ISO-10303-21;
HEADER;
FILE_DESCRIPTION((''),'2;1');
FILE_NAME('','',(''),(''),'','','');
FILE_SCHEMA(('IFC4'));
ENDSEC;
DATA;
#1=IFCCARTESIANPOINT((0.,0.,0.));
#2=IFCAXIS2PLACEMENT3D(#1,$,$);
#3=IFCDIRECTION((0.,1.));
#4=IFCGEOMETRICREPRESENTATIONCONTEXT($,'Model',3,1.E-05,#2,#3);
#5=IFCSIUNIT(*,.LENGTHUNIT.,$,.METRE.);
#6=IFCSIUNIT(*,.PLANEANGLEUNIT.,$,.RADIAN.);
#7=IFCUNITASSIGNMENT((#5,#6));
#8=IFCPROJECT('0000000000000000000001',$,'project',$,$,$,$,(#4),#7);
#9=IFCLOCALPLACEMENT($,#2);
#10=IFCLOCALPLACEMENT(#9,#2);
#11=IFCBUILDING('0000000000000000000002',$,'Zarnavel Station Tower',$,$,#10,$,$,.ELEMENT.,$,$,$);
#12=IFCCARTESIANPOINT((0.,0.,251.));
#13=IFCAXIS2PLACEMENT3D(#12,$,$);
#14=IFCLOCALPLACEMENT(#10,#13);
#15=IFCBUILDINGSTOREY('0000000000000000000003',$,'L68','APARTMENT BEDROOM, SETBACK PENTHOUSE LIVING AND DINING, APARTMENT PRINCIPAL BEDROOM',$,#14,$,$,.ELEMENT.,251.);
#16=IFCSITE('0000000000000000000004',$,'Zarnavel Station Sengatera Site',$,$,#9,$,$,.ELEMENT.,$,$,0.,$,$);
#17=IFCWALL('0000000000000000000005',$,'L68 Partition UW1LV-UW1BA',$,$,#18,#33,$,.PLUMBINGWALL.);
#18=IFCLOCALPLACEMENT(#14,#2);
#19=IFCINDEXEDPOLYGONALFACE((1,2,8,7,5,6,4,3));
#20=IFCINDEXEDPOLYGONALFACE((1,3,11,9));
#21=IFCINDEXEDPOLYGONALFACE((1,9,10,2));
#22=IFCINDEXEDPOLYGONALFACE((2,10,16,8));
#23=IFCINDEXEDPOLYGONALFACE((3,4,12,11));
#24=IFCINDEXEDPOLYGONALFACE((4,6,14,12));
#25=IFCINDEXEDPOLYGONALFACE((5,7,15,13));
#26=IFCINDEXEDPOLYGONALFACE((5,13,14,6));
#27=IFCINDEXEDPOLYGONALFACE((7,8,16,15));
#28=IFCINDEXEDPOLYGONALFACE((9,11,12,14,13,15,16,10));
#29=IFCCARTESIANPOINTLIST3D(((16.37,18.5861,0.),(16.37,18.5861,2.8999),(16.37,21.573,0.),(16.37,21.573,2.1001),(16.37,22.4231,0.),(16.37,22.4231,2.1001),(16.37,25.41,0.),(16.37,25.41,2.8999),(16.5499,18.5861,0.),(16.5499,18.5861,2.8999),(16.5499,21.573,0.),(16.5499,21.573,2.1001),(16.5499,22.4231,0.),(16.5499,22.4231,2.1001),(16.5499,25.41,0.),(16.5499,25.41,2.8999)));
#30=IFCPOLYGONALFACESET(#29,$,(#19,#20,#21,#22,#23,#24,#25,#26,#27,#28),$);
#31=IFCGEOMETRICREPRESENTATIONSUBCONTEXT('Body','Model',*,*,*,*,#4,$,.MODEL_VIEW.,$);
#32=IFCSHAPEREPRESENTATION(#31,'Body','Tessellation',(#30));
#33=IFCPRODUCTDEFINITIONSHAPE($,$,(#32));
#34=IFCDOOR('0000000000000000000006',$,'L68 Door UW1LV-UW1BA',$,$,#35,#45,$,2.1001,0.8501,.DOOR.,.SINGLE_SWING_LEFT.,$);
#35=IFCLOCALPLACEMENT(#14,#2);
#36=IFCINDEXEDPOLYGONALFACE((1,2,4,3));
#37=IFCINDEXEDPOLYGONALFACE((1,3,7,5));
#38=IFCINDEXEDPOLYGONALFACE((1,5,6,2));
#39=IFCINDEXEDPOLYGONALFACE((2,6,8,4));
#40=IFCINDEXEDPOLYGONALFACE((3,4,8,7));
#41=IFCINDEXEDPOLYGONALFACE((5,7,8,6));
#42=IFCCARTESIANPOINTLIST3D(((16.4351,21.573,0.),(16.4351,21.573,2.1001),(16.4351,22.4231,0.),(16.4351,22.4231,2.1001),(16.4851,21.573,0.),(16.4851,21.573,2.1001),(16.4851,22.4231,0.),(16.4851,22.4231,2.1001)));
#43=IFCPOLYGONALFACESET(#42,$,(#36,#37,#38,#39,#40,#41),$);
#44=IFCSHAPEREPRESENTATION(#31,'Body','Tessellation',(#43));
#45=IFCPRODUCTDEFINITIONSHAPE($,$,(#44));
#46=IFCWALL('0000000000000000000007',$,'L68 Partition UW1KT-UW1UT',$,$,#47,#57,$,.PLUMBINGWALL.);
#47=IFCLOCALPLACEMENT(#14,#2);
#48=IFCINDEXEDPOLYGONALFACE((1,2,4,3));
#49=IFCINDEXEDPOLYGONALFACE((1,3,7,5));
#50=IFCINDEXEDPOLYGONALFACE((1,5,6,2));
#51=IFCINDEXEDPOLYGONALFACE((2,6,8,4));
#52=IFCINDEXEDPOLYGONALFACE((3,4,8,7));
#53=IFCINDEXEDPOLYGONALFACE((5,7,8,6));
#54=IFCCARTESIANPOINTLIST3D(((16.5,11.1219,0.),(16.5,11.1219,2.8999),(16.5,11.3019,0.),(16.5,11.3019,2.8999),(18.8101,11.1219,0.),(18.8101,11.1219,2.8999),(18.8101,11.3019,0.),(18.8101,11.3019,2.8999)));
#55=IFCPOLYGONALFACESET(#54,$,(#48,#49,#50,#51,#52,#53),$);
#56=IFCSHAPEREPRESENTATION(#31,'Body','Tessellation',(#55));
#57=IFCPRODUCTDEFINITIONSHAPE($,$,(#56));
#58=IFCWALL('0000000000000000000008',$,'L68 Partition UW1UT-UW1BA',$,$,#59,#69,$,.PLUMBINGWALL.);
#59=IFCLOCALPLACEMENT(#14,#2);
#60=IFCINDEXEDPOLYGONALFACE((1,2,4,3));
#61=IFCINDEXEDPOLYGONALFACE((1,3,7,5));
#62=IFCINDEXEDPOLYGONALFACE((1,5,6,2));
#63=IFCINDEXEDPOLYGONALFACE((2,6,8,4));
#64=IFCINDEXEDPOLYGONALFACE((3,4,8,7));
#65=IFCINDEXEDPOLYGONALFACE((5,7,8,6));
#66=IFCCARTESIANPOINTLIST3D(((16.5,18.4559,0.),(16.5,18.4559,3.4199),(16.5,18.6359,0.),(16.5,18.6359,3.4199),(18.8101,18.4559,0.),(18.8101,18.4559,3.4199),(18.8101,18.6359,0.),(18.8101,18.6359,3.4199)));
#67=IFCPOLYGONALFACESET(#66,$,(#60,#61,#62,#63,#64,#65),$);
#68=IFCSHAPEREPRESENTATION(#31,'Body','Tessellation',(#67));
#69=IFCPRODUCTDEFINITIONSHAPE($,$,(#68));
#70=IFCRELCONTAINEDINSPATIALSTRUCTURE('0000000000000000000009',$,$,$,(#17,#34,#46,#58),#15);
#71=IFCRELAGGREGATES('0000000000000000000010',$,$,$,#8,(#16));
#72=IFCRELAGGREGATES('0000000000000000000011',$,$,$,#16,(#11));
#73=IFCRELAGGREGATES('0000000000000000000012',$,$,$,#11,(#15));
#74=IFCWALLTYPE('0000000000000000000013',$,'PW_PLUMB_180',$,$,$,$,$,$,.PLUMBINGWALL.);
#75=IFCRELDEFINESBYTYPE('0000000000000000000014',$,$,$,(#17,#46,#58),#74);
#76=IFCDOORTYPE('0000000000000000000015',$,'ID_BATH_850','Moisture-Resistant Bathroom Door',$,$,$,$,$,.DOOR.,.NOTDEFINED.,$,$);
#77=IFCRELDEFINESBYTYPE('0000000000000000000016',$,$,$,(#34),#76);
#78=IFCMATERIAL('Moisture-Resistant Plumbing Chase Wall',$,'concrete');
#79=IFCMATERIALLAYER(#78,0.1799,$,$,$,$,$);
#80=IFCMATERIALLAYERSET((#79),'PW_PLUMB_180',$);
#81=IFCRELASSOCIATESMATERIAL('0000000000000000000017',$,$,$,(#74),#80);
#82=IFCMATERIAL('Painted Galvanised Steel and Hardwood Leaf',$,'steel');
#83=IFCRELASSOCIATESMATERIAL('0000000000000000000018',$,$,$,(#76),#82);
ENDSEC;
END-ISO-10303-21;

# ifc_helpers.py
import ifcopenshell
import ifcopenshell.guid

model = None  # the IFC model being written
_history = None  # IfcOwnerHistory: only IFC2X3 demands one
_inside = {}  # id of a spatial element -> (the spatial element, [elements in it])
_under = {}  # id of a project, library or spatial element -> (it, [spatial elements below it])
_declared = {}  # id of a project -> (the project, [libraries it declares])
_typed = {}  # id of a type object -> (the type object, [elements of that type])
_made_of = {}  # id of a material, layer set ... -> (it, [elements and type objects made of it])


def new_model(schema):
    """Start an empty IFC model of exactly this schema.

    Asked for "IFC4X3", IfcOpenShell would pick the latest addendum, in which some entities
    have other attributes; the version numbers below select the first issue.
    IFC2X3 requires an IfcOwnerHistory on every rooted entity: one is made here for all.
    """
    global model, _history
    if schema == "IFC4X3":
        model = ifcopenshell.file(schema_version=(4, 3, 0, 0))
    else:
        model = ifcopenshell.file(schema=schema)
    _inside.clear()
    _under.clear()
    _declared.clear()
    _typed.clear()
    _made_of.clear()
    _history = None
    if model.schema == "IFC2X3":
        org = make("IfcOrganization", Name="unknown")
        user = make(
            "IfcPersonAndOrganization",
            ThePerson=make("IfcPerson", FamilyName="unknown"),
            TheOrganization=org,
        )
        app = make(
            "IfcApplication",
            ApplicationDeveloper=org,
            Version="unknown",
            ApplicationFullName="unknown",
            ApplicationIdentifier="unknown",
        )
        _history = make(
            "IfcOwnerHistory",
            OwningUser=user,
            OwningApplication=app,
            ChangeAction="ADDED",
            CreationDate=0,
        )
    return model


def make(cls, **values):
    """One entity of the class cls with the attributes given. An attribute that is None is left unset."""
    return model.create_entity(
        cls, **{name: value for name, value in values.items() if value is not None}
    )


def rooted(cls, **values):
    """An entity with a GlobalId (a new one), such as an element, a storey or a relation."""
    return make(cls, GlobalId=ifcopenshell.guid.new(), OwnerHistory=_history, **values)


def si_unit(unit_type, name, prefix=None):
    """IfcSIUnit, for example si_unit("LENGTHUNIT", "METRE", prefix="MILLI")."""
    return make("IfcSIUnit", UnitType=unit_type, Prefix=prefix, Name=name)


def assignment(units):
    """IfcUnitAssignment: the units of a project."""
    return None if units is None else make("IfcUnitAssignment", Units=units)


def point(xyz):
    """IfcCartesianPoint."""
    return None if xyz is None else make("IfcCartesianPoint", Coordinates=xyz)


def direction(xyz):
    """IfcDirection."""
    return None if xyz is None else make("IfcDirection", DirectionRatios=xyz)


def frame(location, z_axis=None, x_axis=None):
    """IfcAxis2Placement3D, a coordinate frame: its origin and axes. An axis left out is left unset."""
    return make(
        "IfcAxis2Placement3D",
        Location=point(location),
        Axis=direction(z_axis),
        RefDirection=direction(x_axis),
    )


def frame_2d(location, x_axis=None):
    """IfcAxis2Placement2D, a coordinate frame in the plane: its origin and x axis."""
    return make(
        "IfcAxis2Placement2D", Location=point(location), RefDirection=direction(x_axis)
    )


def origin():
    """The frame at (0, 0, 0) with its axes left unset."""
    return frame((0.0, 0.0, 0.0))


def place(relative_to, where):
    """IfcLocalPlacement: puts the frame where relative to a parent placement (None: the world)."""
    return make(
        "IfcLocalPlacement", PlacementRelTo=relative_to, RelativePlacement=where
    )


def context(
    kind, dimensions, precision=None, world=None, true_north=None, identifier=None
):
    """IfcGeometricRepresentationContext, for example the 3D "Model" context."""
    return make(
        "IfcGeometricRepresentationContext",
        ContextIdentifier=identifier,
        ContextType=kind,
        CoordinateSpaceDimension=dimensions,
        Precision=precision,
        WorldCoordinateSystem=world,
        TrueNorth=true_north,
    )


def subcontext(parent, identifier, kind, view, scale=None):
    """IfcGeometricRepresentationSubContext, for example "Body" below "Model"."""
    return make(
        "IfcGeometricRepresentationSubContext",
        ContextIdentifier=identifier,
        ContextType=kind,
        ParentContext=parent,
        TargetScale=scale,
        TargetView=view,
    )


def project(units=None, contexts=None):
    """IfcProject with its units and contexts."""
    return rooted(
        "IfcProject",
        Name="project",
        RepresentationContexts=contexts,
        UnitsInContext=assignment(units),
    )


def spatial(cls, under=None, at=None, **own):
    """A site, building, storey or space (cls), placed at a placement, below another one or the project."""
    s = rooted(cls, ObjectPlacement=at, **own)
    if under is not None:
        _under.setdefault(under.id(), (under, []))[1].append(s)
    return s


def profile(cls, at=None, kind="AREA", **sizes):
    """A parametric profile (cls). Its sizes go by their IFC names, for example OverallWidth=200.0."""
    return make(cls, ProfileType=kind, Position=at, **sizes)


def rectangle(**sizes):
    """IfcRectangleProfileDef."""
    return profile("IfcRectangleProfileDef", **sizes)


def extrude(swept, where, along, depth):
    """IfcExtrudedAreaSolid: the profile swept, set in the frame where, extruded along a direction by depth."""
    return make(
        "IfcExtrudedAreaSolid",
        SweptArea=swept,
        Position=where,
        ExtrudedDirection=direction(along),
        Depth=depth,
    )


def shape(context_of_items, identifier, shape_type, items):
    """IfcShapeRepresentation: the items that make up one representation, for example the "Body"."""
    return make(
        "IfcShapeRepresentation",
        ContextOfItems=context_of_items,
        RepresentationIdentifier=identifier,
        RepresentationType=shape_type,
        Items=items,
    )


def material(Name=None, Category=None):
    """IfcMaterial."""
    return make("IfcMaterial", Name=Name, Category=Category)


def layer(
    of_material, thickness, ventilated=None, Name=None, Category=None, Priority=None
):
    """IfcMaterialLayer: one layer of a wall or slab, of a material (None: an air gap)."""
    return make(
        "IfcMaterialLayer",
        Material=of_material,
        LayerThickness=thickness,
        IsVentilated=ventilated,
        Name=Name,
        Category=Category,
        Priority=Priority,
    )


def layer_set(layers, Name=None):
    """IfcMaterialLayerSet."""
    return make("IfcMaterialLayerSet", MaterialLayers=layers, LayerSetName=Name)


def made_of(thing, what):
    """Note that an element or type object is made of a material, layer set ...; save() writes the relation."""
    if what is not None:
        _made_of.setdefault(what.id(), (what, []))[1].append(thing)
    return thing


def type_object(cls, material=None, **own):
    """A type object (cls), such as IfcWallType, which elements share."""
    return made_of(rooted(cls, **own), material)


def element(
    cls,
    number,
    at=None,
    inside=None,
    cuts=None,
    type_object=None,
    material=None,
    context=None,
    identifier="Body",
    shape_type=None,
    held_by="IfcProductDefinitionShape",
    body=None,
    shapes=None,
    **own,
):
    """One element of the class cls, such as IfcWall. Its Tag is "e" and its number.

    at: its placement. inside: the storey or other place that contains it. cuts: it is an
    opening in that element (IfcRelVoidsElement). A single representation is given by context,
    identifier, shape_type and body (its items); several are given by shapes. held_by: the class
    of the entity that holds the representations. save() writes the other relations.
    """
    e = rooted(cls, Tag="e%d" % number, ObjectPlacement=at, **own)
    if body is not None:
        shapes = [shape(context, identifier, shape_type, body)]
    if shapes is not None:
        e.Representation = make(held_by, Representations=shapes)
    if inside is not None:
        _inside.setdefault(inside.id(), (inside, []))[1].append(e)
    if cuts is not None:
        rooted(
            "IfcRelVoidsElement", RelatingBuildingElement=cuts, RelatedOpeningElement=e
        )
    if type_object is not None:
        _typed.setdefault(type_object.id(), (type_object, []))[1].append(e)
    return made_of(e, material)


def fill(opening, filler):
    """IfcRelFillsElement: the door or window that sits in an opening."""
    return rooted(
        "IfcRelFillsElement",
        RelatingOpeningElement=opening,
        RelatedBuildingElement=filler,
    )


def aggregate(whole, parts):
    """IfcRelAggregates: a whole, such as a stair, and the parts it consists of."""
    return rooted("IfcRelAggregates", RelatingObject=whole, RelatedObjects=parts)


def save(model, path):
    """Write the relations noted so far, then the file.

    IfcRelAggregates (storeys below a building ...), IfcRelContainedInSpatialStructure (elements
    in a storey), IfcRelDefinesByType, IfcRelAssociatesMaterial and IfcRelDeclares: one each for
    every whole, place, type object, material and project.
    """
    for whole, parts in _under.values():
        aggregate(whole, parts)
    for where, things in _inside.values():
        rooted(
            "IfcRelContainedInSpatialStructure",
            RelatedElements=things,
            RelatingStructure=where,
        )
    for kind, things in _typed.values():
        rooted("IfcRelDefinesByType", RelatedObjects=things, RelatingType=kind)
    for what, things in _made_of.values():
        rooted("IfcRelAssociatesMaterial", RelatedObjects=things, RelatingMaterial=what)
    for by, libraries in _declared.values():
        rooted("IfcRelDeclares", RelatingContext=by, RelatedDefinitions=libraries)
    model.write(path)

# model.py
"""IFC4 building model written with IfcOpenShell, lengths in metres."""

from ifc_helpers import new_model, si_unit, direction, frame, frame_2d, origin, place, context, subcontext, project, spatial, rectangle, extrude, material, layer, layer_set, type_object, element, fill, save


model = new_model("IFC4")

# Units and contexts
model_context = context("Model", 3, precision=1e-05, world=origin(), true_north=direction((0.0, 1.0)))
body_context = subcontext(model_context, "Body", "Model", "MODEL_VIEW")
ifc_project = project(units=[si_unit("LENGTHUNIT", "METRE"), si_unit("PLANEANGLEUNIT", "RADIAN")], contexts=[model_context])

# Site, building, storey
site_placement = place(None, origin())
site = spatial("IfcSite", under=ifc_project, at=site_placement, Name="Zarnavel Station Sengatera Site", CompositionType="ELEMENT", RefElevation=0.0)
building_placement = place(site_placement, origin())
building = spatial("IfcBuilding", under=site, at=building_placement, Name="Zarnavel Station Tower", CompositionType="ELEMENT")
storey_placement = place(building_placement, frame((0.0, 0.0, 251.0)))
storey = spatial("IfcBuildingStorey", under=building, at=storey_placement, Name="L68", Description="APARTMENT BEDROOM, SETBACK PENTHOUSE LIVING AND DINING, APARTMENT PRINCIPAL BEDROOM", CompositionType="ELEMENT", Elevation=251.0)

# Shared definitions
ifc_material_1 = material(Name="Moisture-Resistant Plumbing Chase Wall", Category="concrete")
ifc_layer_1 = layer(ifc_material_1, 0.1799)
ifc_layer_set_1 = layer_set([ifc_layer_1], Name="PW_PLUMB_180")
wall_type_1 = type_object("IfcWallType", Name="PW_PLUMB_180", PredefinedType="PLUMBINGWALL", material=ifc_layer_set_1)

# Wall, opening, door
wall_1_placement = place(storey_placement, frame((16.46, 18.5859, 0.0), z_axis=(0.0, 0.0, 1.0), x_axis=(0.0, 1.0, 0.0)))
wall_1 = element("IfcWall", 1, at=wall_1_placement, inside=storey, type_object=wall_type_1, Name="L68 Partition UW1LV-UW1BA", PredefinedType="PLUMBINGWALL", context=body_context, shape_type="SweptSolid", body=[
    extrude(rectangle(XDim=6.824, YDim=0.1799, at=frame_2d((3.4121, 0.0))), origin(), (0.0, 0.0, 1.0), 2.8999),
])
opening_1_placement = place(wall_1_placement, frame((2.9871, 0.0, 0.0)))
opening_1 = element("IfcOpeningElement", 2, at=opening_1_placement, cuts=wall_1, PredefinedType="OPENING", context=body_context, shape_type="SweptSolid", body=[
    extrude(rectangle(XDim=0.8501, YDim=2.1001, at=frame_2d((0.425, 1.05))), frame((0.0, 0.0999, 0.0), z_axis=(0.0, -1.0, 0.0), x_axis=(1.0, 0.0, 0.0)), (0.0, 0.0, 1.0), 0.2),
])
ifc_material_2 = material(Name="Painted Galvanised Steel and Hardwood Leaf", Category="steel")
door_type_1 = type_object("IfcDoorType", Name="ID_BATH_850", Description="Moisture-Resistant Bathroom Door", OperationType="NOTDEFINED", PredefinedType="DOOR", material=ifc_material_2)
door_1_placement = place(opening_1_placement, origin())
door_1 = element("IfcDoor", 3, at=door_1_placement, inside=storey, type_object=door_type_1, Name="L68 Door UW1LV-UW1BA", OperationType="SINGLE_SWING_LEFT", OverallHeight=2.1001, OverallWidth=0.8501, PredefinedType="DOOR", context=body_context, shape_type="SweptSolid", body=[
    extrude(rectangle(XDim=0.8501, YDim=2.1001, at=frame_2d((0.425, 1.05))), frame((0.0, 0.0249, 0.0), z_axis=(0.0, -1.0, 0.0), x_axis=(1.0, 0.0, 0.0)), (0.0, 0.0, 1.0), 0.05),
])
fill(opening_1, door_1)

# Walls
wall_2_placement = place(storey_placement, frame((16.5, 11.2119, 0.0), z_axis=(0.0, 0.0, 1.0), x_axis=(1.0, 0.0, 0.0)))
element("IfcWall", 4, at=wall_2_placement, inside=storey, type_object=wall_type_1, Name="L68 Partition UW1KT-UW1UT", PredefinedType="PLUMBINGWALL", context=body_context, shape_type="SweptSolid", body=[
    extrude(rectangle(XDim=2.3101, YDim=0.1799, at=frame_2d((1.155, 0.0))), origin(), (0.0, 0.0, 1.0), 2.8999),
])
wall_3_placement = place(storey_placement, frame((16.5, 18.5459, 0.0), z_axis=(0.0, 0.0, 1.0), x_axis=(1.0, 0.0, 0.0)))
element("IfcWall", 5, at=wall_3_placement, inside=storey, type_object=wall_type_1, Name="L68 Partition UW1UT-UW1BA", PredefinedType="PLUMBINGWALL", context=body_context, shape_type="SweptSolid", body=[
    extrude(rectangle(XDim=2.3101, YDim=0.1799, at=frame_2d((1.155, 0.0))), origin(), (0.0, 0.0, 1.0), 3.4199),
])

save(model, "model.ifc")
